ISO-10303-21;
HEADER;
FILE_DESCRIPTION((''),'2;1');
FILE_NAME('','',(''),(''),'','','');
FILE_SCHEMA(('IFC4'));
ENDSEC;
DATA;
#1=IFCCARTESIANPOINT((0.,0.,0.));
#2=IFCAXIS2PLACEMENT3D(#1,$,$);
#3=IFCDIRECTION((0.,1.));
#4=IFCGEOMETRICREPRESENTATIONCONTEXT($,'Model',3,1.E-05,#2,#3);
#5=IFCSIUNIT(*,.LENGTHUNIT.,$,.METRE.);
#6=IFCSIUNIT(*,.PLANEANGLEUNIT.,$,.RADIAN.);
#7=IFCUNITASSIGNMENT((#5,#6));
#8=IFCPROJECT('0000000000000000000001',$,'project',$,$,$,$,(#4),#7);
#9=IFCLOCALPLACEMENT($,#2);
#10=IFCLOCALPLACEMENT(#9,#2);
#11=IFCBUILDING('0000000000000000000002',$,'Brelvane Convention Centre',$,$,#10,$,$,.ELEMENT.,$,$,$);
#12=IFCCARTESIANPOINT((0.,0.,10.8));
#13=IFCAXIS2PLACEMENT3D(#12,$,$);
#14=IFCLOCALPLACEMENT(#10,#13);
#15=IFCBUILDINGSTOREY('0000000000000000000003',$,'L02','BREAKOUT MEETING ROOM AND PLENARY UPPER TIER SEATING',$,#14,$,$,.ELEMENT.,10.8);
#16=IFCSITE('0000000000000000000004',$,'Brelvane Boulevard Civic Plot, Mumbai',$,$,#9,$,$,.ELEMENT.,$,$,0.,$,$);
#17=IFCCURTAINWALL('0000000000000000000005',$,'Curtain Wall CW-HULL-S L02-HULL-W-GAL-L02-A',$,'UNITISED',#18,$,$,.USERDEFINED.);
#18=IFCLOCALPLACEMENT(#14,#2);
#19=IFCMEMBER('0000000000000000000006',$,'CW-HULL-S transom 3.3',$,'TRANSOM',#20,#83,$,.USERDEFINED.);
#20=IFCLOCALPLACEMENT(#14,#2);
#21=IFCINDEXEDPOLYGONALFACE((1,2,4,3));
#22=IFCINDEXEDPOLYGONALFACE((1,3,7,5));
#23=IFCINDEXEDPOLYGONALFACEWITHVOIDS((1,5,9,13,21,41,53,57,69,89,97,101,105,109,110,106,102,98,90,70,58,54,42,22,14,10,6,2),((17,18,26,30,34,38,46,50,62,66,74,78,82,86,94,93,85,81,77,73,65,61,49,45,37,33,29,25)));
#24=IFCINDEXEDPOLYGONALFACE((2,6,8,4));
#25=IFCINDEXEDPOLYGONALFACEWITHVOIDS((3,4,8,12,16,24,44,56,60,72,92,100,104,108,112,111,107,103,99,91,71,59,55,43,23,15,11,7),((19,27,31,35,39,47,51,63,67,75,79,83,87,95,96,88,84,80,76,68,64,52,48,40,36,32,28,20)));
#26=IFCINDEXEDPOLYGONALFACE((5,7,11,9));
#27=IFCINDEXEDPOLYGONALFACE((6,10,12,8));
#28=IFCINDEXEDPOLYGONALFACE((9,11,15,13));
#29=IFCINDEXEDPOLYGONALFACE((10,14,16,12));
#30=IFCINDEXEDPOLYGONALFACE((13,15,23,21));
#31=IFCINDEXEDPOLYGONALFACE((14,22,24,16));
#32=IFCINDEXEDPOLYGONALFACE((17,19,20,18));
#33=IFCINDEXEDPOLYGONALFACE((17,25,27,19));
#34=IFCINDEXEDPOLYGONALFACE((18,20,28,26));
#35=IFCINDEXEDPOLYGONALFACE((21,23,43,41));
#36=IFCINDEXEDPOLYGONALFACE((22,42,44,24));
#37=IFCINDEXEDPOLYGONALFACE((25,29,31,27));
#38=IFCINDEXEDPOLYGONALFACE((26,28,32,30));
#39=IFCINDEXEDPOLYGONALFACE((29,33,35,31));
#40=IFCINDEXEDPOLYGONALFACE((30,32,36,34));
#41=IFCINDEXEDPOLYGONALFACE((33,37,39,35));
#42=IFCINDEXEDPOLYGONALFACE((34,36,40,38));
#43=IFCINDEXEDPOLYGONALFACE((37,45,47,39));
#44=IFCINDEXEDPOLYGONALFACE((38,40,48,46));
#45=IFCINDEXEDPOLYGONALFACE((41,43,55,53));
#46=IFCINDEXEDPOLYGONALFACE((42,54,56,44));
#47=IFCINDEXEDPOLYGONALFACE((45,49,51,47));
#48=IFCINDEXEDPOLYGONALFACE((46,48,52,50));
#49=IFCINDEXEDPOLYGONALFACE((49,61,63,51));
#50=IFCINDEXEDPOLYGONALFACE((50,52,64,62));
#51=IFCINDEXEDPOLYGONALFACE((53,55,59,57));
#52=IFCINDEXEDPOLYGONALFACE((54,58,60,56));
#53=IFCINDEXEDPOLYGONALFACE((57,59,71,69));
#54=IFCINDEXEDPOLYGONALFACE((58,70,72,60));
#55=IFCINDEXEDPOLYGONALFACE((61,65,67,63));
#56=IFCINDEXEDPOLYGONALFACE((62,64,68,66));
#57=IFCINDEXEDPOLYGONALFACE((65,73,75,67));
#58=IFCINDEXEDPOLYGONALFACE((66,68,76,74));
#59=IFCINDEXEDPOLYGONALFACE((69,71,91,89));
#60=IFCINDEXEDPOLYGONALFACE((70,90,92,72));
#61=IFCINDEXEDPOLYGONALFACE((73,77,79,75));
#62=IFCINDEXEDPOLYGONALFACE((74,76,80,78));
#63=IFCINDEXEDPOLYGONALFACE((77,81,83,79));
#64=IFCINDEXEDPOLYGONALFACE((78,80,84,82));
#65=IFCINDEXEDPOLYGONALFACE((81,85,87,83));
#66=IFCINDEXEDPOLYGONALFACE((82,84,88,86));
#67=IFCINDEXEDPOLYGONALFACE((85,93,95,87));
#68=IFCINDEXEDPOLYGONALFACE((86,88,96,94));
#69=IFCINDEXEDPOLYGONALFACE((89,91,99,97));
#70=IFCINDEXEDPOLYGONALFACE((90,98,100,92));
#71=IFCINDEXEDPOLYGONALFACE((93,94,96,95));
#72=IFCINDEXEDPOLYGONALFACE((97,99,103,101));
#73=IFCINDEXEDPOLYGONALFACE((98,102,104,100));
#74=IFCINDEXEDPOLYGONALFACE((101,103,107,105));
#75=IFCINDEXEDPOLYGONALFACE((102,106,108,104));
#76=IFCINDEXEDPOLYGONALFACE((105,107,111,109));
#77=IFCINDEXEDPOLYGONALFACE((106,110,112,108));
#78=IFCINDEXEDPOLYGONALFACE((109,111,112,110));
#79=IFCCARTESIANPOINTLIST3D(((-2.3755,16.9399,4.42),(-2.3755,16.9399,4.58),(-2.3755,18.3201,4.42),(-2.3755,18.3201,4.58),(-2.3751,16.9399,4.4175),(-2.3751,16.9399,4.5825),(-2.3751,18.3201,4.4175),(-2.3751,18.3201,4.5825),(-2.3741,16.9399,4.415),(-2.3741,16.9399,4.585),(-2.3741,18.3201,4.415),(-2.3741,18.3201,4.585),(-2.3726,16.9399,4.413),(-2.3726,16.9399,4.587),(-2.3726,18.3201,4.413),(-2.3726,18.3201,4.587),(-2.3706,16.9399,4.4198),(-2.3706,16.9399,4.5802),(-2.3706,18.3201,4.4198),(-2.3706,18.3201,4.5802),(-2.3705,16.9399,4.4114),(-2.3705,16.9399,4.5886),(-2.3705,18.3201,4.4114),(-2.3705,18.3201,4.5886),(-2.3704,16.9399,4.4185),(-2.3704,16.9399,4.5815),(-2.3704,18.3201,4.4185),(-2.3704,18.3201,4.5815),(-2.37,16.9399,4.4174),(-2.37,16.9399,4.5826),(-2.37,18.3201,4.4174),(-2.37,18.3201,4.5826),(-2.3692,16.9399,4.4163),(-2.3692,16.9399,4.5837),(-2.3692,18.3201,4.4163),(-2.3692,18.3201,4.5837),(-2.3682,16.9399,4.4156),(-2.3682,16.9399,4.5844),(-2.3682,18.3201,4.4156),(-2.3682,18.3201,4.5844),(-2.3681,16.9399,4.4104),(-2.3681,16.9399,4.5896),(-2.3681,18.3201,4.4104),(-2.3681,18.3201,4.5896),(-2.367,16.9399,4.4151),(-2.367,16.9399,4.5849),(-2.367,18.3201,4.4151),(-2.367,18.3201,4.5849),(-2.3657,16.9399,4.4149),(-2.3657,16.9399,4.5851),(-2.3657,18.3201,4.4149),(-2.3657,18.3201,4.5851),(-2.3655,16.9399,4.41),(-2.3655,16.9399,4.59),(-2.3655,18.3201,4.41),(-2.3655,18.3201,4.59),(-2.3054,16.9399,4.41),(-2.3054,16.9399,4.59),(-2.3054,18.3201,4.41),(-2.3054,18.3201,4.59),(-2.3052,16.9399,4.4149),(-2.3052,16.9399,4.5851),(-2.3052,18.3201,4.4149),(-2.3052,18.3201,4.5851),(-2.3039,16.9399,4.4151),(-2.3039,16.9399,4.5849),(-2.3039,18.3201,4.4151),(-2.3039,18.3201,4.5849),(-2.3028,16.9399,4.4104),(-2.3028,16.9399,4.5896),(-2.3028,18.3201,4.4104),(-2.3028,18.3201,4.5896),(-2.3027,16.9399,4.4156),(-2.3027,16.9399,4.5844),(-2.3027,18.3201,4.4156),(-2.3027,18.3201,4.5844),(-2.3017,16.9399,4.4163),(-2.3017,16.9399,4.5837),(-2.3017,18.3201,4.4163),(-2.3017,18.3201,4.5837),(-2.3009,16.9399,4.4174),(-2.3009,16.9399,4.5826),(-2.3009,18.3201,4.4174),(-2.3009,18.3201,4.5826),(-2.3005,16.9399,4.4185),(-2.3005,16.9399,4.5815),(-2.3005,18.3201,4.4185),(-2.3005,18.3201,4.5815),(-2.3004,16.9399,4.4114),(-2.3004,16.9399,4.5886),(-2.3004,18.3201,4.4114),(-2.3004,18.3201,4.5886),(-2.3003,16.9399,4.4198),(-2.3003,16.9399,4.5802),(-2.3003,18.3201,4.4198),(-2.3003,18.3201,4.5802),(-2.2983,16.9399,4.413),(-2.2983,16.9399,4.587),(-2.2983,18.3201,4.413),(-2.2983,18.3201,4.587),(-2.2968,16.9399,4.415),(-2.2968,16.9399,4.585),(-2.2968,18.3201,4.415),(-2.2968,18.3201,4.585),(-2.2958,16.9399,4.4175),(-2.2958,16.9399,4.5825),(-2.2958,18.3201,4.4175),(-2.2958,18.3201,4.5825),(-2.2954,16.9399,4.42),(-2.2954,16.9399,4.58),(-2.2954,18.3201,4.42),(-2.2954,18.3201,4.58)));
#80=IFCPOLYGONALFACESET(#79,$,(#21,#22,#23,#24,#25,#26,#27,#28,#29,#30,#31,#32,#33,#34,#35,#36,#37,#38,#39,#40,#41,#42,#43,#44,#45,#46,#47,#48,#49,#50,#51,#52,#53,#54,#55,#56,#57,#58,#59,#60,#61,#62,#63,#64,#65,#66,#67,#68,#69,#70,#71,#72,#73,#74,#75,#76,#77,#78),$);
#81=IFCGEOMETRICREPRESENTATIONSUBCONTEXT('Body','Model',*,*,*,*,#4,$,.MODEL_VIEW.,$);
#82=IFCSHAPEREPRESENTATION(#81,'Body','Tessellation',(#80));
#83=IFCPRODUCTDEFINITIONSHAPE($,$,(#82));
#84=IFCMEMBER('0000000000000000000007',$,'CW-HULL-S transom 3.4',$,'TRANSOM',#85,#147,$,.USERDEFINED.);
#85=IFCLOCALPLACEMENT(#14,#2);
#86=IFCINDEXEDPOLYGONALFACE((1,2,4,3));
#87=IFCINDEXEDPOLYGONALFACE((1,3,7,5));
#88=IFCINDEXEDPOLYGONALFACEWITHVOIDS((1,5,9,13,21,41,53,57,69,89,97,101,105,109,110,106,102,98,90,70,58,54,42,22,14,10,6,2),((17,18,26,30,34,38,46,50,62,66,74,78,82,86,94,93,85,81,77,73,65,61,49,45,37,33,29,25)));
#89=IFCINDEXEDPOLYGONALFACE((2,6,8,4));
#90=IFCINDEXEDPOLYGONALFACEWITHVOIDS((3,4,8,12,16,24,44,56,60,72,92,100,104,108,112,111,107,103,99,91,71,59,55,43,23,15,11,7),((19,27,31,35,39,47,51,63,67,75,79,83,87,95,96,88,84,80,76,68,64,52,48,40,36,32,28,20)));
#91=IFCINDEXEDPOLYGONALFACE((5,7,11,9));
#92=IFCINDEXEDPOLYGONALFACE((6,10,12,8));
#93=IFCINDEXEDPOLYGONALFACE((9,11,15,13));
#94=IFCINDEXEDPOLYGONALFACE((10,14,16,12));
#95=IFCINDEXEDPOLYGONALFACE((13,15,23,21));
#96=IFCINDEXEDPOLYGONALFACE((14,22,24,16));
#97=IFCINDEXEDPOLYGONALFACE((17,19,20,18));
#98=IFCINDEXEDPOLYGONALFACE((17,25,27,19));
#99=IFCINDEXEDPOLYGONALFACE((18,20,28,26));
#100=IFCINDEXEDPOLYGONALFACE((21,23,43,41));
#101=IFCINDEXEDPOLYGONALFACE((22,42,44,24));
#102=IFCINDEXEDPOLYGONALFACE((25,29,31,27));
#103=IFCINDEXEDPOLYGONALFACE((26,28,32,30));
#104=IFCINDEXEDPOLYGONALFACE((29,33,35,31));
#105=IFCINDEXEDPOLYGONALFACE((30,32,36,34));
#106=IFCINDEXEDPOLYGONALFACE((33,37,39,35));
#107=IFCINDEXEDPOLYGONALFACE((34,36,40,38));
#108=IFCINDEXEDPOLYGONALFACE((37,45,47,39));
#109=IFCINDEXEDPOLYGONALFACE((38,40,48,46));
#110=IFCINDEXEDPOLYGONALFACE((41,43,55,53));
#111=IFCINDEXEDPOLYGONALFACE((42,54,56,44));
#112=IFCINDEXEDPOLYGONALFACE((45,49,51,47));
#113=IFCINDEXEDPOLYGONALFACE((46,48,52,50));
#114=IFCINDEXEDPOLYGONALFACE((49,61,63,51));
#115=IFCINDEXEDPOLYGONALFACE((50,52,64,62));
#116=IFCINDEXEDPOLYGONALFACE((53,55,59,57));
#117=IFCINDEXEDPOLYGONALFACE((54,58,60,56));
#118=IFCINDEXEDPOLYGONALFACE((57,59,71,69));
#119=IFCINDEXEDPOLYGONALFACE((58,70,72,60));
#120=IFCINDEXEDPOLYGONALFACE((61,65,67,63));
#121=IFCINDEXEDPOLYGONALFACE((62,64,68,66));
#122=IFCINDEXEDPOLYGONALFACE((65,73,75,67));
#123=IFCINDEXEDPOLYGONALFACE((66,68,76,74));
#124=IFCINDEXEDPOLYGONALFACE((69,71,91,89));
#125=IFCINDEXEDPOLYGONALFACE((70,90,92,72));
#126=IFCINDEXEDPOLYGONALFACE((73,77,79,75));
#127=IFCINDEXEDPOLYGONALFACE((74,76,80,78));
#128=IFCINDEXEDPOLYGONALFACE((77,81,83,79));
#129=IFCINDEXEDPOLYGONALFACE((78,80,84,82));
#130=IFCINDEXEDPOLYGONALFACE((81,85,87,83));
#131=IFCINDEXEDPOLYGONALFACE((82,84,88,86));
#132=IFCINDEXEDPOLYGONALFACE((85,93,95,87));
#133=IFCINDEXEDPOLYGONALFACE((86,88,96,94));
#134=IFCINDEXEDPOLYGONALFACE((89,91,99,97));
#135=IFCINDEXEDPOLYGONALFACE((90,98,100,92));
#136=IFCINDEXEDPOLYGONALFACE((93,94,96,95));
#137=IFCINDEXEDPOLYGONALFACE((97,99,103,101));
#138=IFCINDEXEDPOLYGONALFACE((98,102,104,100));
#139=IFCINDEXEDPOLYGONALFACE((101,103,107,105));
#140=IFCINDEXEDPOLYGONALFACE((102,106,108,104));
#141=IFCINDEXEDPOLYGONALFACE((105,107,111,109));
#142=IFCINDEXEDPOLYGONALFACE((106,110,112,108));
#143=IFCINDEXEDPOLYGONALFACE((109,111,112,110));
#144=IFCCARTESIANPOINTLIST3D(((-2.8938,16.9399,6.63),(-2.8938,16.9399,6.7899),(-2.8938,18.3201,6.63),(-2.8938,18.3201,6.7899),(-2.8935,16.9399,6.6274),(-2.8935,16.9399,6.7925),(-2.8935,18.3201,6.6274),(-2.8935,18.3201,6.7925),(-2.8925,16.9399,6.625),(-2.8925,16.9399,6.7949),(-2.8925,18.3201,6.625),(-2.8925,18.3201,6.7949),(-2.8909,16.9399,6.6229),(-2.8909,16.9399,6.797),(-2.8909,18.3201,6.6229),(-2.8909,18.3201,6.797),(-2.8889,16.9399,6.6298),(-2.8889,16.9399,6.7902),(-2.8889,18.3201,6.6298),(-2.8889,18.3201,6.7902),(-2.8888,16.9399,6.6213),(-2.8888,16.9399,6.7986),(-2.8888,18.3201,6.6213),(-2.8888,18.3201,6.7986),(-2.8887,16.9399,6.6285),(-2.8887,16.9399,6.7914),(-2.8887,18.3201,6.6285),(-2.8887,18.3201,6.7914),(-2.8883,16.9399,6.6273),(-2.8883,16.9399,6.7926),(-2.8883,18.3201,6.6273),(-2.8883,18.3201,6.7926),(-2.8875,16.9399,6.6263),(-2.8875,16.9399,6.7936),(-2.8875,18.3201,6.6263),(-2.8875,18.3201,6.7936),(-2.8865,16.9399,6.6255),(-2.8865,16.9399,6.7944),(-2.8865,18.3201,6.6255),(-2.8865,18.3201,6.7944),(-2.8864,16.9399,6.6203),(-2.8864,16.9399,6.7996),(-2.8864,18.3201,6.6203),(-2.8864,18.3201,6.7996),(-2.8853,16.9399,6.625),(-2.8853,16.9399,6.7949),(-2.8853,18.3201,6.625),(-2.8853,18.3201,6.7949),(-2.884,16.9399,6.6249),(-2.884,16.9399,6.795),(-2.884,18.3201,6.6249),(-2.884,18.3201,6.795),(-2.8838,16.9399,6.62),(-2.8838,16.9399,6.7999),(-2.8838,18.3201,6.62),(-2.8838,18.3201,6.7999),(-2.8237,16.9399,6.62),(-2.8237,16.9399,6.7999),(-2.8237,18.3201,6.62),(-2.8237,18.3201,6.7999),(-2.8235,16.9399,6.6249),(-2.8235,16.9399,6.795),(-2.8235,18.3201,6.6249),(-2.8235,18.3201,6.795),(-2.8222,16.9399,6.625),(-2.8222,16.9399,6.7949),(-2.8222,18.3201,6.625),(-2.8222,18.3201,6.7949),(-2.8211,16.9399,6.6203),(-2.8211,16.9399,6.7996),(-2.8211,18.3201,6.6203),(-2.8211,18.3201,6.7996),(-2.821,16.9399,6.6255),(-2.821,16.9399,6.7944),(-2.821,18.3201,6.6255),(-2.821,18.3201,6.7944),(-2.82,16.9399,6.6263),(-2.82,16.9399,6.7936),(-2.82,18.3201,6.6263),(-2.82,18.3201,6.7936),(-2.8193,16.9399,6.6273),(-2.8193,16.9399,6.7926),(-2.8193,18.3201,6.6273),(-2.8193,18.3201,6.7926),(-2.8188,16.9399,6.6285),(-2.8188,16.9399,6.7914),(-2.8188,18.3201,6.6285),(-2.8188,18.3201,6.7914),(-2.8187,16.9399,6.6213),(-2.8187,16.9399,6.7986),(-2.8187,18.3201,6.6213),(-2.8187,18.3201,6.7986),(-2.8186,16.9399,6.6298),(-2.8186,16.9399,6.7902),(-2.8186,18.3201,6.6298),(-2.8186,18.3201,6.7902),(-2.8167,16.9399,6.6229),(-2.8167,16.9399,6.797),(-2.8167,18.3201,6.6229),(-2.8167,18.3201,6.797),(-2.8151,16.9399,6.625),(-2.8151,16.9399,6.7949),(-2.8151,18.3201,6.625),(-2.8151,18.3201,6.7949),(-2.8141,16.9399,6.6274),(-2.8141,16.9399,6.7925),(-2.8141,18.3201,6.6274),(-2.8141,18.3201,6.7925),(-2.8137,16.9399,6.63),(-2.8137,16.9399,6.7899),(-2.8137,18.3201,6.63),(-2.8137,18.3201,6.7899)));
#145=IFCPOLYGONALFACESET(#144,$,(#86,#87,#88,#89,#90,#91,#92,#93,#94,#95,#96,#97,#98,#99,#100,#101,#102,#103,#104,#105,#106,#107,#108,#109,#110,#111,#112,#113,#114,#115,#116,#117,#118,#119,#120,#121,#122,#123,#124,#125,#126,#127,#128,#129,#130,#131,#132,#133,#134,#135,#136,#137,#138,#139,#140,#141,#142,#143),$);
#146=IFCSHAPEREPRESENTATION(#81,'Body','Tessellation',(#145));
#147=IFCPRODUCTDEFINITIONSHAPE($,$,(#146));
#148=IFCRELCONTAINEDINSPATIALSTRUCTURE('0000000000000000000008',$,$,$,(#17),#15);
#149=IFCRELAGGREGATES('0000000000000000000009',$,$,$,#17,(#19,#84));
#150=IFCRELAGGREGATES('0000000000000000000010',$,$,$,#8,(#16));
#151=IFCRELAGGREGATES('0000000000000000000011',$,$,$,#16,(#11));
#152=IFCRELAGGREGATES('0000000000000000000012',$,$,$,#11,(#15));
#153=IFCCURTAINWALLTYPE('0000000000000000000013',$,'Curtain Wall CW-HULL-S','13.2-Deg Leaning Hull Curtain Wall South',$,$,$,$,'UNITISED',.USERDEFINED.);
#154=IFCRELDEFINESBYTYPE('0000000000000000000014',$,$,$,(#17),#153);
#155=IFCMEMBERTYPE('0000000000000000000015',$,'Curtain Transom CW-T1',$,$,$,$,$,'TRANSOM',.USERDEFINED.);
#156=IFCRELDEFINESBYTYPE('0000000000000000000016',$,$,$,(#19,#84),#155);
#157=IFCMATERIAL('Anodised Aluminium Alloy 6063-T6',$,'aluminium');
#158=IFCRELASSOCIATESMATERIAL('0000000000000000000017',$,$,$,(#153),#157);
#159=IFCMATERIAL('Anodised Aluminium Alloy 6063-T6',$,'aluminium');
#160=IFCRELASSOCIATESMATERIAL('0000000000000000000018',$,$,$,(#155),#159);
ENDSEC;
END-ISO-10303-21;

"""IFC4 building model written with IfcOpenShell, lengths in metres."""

from ifc_helpers import new_model, si_unit, direction, frame, origin, origin_2d, place, context, subcontext, project, spatial, hollow_rectangle, extrude, material, material_profile, profile_set, type_object, element, aggregate, save


model = new_model("IFC4")

# Units and contexts
model_context = context("Model", 3, precision=1e-05, world=origin(), true_north=direction((0.0, 1.0)))
body_context = subcontext(model_context, "Body", "Model", "MODEL_VIEW")
ifc_project = project(units=[si_unit("LENGTHUNIT", "METRE"), si_unit("PLANEANGLEUNIT", "RADIAN")], contexts=[model_context])

# Site, building, storey
site_placement = place(None, origin())
site = spatial("IfcSite", under=ifc_project, at=site_placement, Name="Brelvane Boulevard Civic Plot, Mumbai", CompositionType="ELEMENT", RefElevation=0.0)
building_placement = place(site_placement, origin())
building = spatial("IfcBuilding", under=site, at=building_placement, Name="Brelvane Convention Centre", CompositionType="ELEMENT")
storey_placement = place(building_placement, frame((0.0, 0.0, 10.8)))
storey = spatial("IfcBuildingStorey", under=building, at=storey_placement, Name="L02", Description="BREAKOUT MEETING ROOM AND PLENARY UPPER TIER SEATING", CompositionType="ELEMENT", Elevation=10.8)

# Curtain wall, members
ifc_material_1 = material(Name="Anodised Aluminium Alloy 6063-T6", Category="aluminium")
curtain_wall_type = type_object("IfcCurtainWallType", Name="Curtain Wall CW-HULL-S", Description="13.2-Deg Leaning Hull Curtain Wall South", ElementType="UNITISED", PredefinedType="USERDEFINED", material=ifc_material_1)
curtain_wall_1_placement = place(storey_placement, origin())
curtain_wall_1 = element("IfcCurtainWall", 1, at=curtain_wall_1_placement, inside=storey, type_object=curtain_wall_type, Name="Curtain Wall CW-HULL-S L02-HULL-W-GAL-L02-A", ObjectType="UNITISED", PredefinedType="USERDEFINED")
ifc_material_2 = material(Name="Anodised Aluminium Alloy 6063-T6", Category="aluminium")
ifc_material_profile_1 = material_profile(ifc_material_2, hollow_rectangle(XDim=0.0801, YDim=0.1799, WallThickness=0.0049, InnerFilletRadius=0.0049, OuterFilletRadius=0.01, at=origin_2d()), Name="ALU-T 180x80x5.0")
ifc_profile_set_1 = profile_set([ifc_material_profile_1], Name="Anodised Aluminium Alloy 6063-T6")
member_type_1 = type_object("IfcMemberType", Name="Curtain Transom CW-T1", ElementType="TRANSOM", PredefinedType="USERDEFINED", material=ifc_profile_set_1)
member_1_placement = place(storey_placement, frame((-2.3354, 16.9399, 4.5), z_axis=(0.0, 1.0, 0.0), x_axis=(-1.0, 0.0, 0.0)))
member_1 = element("IfcMember", 2, at=member_1_placement, type_object=member_type_1, Name="CW-HULL-S transom 3.3", ObjectType="TRANSOM", PredefinedType="USERDEFINED", context=body_context, shape_type="SweptSolid", body=[
    extrude(hollow_rectangle(XDim=0.0801, YDim=0.1799, WallThickness=0.0049, InnerFilletRadius=0.0049, OuterFilletRadius=0.01, at=origin_2d()), origin(), (0.0, 0.0, 1.0), 1.3801),
])
member_2_placement = place(storey_placement, frame((-2.8538, 16.9399, 6.71), z_axis=(0.0, 1.0, 0.0), x_axis=(-1.0, 0.0, 0.0)))
member_2 = element("IfcMember", 3, at=member_2_placement, type_object=member_type_1, Name="CW-HULL-S transom 3.4", ObjectType="TRANSOM", PredefinedType="USERDEFINED", context=body_context, shape_type="SweptSolid", body=[
    extrude(hollow_rectangle(XDim=0.0801, YDim=0.1799, WallThickness=0.0049, InnerFilletRadius=0.0049, OuterFilletRadius=0.01, at=origin_2d()), origin(), (0.0, 0.0, 1.0), 1.3801),
])

aggregate(curtain_wall_1, [member_1, member_2])

save(model, "model.ifc")
